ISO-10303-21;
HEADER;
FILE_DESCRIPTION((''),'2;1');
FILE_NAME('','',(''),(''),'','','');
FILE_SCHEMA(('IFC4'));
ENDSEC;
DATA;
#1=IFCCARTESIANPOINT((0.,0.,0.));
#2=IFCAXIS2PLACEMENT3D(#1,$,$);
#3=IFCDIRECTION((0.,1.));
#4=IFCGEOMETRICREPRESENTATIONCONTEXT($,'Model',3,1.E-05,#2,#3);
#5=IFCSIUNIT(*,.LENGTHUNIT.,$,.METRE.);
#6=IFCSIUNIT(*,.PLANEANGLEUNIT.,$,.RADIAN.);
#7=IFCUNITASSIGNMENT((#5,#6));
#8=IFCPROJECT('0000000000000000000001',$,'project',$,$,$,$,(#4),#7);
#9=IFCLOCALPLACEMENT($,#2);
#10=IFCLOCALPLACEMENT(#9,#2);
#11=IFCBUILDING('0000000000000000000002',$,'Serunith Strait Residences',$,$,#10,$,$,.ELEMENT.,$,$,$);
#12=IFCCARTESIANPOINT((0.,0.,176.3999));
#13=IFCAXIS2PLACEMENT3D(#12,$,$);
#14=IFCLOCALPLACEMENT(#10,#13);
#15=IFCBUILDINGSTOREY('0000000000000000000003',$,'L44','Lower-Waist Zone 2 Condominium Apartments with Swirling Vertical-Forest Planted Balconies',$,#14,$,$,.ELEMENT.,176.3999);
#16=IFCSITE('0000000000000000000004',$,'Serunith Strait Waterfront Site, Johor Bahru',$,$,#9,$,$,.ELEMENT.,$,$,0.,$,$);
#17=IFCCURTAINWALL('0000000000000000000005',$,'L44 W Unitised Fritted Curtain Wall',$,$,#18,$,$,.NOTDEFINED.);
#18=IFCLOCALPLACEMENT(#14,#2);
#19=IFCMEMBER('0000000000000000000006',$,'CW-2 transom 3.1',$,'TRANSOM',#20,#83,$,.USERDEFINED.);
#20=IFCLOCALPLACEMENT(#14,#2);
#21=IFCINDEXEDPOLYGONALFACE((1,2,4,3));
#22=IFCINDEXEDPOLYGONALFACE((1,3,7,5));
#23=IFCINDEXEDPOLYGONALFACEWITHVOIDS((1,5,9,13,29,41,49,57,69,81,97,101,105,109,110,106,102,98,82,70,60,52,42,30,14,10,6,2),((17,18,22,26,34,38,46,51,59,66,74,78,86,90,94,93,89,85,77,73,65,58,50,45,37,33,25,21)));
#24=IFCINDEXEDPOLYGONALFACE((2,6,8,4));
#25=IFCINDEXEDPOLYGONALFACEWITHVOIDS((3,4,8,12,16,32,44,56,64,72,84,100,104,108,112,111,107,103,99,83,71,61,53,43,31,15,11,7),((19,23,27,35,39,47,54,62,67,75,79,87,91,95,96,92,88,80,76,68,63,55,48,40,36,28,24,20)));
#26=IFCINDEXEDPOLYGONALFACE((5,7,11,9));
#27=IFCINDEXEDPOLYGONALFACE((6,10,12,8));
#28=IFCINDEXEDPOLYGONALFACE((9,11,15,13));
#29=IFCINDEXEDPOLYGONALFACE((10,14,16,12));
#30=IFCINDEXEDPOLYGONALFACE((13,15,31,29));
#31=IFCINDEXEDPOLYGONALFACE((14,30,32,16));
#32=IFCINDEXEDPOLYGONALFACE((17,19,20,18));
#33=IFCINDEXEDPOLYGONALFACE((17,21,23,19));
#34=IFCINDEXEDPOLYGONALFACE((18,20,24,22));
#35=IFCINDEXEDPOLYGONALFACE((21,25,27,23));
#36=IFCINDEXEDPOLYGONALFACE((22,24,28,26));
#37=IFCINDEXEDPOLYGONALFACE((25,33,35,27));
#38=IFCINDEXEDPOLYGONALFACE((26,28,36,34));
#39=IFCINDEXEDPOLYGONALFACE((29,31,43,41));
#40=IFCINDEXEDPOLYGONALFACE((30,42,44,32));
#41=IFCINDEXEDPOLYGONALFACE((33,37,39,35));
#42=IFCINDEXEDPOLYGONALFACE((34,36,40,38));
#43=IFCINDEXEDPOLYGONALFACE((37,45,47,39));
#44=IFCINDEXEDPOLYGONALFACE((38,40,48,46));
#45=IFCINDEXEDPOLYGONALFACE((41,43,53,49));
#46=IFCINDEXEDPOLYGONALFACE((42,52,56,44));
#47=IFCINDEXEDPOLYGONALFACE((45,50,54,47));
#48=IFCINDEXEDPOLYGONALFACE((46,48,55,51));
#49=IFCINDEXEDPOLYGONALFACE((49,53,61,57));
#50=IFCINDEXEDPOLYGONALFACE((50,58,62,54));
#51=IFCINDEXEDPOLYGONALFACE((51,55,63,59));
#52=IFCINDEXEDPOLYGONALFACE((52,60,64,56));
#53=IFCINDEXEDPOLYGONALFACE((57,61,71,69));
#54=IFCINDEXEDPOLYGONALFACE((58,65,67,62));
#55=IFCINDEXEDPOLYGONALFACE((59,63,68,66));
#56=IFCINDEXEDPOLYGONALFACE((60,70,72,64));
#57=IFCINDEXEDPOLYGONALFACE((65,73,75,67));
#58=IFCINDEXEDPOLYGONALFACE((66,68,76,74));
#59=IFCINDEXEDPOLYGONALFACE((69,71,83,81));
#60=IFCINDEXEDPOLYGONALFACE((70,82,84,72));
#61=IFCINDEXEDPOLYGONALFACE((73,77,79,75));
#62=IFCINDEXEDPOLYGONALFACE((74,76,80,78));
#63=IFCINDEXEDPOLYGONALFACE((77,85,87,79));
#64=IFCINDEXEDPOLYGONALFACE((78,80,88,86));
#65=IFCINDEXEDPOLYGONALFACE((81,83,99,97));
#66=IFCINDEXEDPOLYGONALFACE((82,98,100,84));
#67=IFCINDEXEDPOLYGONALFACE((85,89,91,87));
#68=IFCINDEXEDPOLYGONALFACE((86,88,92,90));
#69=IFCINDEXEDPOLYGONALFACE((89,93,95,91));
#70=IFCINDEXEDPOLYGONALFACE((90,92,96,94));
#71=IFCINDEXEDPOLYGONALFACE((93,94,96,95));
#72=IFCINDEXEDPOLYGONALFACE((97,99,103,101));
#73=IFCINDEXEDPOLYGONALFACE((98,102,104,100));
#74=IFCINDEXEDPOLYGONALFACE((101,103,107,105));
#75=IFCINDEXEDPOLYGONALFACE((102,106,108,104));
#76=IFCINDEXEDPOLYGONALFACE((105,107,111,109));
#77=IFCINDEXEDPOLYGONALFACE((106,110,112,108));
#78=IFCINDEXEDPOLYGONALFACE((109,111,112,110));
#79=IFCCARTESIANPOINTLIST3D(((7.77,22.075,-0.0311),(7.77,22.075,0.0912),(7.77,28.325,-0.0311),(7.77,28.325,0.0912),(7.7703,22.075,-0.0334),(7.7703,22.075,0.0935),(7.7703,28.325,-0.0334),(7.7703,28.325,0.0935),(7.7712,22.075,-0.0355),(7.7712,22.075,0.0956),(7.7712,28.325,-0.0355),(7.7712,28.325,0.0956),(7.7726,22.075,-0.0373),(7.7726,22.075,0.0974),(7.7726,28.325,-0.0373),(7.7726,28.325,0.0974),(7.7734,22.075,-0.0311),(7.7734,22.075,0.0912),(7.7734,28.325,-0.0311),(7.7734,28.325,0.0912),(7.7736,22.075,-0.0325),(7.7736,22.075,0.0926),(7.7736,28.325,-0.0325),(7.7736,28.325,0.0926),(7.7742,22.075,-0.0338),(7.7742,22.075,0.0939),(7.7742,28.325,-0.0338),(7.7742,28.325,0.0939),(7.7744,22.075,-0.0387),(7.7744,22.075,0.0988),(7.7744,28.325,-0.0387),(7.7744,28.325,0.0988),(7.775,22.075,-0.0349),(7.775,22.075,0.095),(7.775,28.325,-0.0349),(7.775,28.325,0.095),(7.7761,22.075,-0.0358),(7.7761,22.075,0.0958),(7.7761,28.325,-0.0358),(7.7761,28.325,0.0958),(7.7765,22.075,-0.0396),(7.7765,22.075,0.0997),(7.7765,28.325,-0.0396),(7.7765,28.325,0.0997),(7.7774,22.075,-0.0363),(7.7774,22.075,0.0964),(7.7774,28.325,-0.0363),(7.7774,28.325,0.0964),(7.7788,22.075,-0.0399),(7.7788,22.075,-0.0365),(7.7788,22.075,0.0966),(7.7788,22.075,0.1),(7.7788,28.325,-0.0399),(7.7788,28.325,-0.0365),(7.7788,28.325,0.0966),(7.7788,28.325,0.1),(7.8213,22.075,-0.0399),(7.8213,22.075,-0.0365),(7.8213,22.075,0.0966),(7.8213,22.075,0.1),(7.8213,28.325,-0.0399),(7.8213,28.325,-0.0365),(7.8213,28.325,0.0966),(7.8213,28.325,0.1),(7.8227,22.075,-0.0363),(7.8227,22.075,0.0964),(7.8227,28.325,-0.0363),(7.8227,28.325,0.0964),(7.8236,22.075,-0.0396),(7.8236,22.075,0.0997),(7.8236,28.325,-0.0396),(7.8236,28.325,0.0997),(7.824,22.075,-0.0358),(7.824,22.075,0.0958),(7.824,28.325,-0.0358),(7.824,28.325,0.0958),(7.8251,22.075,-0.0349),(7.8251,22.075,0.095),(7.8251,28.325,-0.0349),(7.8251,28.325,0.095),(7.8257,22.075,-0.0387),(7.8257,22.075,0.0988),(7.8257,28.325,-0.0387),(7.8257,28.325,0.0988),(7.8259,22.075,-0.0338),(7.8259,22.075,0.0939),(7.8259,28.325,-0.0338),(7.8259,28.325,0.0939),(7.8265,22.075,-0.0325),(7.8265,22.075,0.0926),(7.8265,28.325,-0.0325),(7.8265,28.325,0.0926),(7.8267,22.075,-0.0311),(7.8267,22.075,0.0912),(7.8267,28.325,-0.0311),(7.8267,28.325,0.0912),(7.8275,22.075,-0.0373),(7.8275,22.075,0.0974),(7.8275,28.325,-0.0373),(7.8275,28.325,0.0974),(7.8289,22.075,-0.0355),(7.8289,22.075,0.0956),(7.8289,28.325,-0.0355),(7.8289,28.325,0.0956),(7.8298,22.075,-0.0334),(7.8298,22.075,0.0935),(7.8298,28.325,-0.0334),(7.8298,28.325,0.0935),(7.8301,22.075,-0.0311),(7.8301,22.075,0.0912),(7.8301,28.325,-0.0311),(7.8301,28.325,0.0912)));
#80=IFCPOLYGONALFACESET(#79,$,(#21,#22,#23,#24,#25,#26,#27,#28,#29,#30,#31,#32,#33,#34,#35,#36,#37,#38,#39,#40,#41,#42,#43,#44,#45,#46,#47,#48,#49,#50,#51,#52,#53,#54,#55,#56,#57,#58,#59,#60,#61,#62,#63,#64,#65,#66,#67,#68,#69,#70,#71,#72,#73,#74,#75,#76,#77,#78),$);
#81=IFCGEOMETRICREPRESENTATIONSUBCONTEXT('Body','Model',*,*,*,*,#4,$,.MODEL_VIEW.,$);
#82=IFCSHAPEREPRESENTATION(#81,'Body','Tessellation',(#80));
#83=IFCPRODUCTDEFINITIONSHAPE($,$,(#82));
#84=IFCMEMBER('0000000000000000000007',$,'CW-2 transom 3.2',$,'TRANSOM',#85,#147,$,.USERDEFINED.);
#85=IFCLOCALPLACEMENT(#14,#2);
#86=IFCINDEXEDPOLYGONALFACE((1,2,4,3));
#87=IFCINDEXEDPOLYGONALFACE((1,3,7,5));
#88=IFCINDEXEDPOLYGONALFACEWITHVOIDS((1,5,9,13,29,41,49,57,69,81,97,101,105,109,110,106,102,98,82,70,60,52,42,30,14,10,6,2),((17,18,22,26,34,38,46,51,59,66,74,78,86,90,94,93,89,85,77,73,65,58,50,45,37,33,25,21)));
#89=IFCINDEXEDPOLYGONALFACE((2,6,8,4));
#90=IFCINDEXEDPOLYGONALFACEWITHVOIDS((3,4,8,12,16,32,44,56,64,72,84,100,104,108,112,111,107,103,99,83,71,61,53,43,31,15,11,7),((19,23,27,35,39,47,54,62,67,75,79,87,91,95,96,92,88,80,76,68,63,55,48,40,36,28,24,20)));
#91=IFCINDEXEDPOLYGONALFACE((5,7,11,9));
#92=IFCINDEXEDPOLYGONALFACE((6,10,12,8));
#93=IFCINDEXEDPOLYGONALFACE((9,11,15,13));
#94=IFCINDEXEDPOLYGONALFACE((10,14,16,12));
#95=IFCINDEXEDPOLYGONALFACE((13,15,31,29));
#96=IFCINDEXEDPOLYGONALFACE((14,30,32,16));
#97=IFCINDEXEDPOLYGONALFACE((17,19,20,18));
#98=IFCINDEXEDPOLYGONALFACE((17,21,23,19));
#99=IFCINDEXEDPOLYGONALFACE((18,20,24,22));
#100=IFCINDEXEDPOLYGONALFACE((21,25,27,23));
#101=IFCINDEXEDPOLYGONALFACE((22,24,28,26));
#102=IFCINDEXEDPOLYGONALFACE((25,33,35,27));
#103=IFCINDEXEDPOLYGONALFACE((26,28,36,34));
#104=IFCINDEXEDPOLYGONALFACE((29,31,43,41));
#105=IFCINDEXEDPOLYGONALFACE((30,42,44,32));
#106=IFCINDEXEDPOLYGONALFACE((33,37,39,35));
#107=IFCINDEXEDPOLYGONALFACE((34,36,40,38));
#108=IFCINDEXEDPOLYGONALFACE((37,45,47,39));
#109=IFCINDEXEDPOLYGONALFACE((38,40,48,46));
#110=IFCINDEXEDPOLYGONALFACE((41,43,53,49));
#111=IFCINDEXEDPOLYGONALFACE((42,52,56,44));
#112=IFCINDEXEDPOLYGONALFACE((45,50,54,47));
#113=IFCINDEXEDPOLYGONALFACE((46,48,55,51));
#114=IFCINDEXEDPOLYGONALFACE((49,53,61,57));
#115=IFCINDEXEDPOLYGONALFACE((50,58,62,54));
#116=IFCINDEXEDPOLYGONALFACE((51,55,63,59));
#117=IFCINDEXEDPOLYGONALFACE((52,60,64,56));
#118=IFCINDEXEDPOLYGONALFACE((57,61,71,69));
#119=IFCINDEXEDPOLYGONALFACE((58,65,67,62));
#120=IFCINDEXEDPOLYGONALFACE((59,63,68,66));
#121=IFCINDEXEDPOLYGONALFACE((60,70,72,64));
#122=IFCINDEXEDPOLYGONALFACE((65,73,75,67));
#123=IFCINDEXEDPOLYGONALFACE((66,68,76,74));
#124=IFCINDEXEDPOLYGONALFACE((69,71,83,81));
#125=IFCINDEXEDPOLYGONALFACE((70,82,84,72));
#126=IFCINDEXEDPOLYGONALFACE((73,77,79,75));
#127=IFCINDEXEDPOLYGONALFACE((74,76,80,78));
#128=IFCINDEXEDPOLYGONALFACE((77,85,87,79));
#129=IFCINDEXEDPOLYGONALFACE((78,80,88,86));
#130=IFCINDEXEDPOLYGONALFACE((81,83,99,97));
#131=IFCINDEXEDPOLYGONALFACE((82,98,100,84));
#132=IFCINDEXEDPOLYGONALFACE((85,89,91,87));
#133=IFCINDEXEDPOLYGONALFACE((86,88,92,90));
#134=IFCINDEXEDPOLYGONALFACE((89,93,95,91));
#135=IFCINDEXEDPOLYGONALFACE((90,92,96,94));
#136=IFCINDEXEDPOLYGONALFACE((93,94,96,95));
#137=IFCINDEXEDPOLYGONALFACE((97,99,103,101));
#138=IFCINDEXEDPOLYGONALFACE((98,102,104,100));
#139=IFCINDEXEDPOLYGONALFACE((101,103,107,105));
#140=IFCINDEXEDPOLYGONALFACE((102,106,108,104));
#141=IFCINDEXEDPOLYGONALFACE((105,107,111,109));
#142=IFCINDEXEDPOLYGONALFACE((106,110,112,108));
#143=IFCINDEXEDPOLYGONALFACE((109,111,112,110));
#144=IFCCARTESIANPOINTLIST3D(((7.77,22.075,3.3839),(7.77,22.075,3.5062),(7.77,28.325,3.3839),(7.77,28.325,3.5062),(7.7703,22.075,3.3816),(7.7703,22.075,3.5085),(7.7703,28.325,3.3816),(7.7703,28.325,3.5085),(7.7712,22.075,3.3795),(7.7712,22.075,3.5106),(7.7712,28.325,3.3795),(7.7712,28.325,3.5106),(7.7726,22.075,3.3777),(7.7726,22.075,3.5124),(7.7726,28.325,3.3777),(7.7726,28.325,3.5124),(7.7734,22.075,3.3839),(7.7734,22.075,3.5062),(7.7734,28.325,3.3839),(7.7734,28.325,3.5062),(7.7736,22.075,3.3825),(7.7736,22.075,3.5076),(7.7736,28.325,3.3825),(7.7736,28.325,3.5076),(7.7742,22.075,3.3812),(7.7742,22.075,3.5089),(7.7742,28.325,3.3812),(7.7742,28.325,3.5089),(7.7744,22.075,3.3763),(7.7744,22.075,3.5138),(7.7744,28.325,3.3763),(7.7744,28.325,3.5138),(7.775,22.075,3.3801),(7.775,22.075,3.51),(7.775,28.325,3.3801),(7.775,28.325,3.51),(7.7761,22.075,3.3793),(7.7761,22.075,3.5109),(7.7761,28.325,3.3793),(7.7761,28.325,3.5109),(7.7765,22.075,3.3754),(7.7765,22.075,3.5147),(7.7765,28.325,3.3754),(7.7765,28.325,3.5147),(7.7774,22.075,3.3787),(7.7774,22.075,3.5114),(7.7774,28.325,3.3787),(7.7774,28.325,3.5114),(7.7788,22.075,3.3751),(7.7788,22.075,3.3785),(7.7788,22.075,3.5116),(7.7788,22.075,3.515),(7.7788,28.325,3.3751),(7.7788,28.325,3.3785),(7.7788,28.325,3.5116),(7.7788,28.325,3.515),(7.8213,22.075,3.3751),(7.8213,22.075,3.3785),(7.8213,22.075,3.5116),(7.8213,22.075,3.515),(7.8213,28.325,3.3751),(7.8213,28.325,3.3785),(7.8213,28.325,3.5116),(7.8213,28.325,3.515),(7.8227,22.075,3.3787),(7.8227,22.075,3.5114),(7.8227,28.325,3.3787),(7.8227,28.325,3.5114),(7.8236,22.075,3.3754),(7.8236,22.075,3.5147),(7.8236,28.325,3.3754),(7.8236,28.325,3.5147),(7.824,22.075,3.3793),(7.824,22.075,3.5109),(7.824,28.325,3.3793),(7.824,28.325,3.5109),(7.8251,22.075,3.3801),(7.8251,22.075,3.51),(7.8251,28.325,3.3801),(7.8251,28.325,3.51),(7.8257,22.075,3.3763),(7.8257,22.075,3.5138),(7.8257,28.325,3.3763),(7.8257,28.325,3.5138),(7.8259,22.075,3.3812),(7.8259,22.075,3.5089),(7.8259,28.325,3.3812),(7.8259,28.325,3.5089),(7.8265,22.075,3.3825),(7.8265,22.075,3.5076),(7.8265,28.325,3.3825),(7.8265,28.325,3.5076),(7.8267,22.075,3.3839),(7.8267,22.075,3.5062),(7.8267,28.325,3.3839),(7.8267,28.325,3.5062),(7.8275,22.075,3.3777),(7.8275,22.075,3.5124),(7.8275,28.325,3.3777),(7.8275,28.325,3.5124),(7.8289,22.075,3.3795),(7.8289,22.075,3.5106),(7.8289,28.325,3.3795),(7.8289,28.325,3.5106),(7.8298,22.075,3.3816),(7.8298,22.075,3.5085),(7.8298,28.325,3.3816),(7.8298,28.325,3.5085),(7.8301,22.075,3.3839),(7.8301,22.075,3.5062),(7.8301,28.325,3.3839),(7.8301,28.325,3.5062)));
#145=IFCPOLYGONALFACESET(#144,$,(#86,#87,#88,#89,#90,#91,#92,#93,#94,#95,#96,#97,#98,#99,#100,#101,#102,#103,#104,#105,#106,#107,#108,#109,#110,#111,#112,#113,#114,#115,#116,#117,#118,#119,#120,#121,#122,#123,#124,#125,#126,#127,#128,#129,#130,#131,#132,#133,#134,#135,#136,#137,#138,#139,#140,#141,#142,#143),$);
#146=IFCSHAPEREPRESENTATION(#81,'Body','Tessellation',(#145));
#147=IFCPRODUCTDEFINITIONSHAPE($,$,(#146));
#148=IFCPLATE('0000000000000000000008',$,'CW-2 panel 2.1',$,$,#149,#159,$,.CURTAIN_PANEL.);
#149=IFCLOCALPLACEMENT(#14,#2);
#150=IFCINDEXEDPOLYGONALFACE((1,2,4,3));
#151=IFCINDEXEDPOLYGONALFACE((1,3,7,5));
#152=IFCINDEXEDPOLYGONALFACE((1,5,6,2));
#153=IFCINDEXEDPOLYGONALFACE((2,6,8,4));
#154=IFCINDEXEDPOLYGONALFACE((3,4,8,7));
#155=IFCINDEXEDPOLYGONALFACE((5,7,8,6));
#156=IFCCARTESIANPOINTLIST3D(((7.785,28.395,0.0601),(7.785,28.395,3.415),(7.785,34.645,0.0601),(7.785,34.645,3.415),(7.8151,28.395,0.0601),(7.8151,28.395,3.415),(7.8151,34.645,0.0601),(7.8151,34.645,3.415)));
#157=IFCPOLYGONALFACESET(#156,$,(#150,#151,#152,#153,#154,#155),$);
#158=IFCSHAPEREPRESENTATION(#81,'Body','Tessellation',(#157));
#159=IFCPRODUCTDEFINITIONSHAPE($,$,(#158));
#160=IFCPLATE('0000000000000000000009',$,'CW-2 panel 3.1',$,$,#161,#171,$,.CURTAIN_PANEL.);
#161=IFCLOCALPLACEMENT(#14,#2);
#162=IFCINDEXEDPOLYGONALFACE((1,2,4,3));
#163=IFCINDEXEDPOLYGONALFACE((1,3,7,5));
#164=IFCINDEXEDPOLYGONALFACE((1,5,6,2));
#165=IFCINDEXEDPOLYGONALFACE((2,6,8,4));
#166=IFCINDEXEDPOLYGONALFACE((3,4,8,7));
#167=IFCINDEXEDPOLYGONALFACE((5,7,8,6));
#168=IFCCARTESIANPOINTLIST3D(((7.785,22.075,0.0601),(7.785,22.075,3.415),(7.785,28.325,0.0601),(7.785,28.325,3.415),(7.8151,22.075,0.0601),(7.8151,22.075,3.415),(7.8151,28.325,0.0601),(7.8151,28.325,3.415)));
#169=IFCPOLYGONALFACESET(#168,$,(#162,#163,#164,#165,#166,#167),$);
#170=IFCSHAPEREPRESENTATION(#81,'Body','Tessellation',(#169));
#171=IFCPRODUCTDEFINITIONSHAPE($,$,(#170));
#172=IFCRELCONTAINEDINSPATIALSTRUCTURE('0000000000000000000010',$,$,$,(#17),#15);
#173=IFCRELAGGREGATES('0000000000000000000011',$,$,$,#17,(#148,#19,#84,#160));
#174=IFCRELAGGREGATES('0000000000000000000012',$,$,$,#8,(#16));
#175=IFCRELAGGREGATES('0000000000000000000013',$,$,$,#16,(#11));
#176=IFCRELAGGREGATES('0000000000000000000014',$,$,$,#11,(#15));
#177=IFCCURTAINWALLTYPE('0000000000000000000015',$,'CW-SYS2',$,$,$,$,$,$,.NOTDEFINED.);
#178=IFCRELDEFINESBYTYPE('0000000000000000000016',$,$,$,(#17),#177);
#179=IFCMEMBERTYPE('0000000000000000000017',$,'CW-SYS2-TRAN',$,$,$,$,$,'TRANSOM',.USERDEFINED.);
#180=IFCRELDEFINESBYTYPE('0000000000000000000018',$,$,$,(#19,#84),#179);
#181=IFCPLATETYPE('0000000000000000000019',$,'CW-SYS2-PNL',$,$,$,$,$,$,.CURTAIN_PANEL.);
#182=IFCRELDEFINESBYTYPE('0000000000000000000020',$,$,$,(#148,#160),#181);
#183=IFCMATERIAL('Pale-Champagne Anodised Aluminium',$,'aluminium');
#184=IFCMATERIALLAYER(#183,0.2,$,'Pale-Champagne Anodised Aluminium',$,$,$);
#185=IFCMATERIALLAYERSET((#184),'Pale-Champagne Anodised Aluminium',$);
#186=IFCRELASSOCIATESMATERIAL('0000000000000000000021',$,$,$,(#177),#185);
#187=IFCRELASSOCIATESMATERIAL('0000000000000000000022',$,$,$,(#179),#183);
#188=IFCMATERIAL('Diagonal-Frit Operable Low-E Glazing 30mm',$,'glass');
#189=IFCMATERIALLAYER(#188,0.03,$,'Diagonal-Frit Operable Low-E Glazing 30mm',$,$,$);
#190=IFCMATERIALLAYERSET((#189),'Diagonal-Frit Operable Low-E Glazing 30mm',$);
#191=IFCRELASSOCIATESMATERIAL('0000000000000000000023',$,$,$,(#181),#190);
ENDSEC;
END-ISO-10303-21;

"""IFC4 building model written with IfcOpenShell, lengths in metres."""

from ifc_helpers import new_model, si_unit, direction, frame, origin, origin_2d, place, context, subcontext, project, spatial, rectangle, hollow_rectangle, extrude, source, transform, mapped, material, layer, layer_set, material_profile, profile_set, type_object, element, aggregate, save


model = new_model("IFC4")

# Units and contexts
model_context = context("Model", 3, precision=1e-05, world=origin(), true_north=direction((0.0, 1.0)))
body_context = subcontext(model_context, "Body", "Model", "MODEL_VIEW")
ifc_project = project(units=[si_unit("LENGTHUNIT", "METRE"), si_unit("PLANEANGLEUNIT", "RADIAN")], contexts=[model_context])

# Site, building, storey
site_placement = place(None, origin())
site = spatial("IfcSite", under=ifc_project, at=site_placement, Name="Serunith Strait Waterfront Site, Johor Bahru", CompositionType="ELEMENT", RefElevation=0.0)
building_placement = place(site_placement, origin())
building = spatial("IfcBuilding", under=site, at=building_placement, Name="Serunith Strait Residences", CompositionType="ELEMENT")
storey_placement = place(building_placement, frame((0.0, 0.0, 176.3999)))
storey = spatial("IfcBuildingStorey", under=building, at=storey_placement, Name="L44", Description="Lower-Waist Zone 2 Condominium Apartments with Swirling Vertical-Forest Planted Balconies", CompositionType="ELEMENT", Elevation=176.3999)

# Curtain wall, members, plates
ifc_material_1 = material(Name="Pale-Champagne Anodised Aluminium", Category="aluminium")
ifc_layer_1 = layer(ifc_material_1, 0.2, Name="Pale-Champagne Anodised Aluminium")
ifc_layer_set_1 = layer_set([ifc_layer_1], Name="Pale-Champagne Anodised Aluminium")
curtain_wall_type = type_object("IfcCurtainWallType", Name="CW-SYS2", PredefinedType="NOTDEFINED", material=ifc_layer_set_1)
curtain_wall_placement = place(storey_placement, origin())
curtain_wall = element("IfcCurtainWall", 1, at=curtain_wall_placement, inside=storey, type_object=curtain_wall_type, Name="L44 W Unitised Fritted Curtain Wall", PredefinedType="NOTDEFINED")
ifc_material_profile_1 = material_profile(ifc_material_1, hollow_rectangle(XDim=0.0601, YDim=0.1399, WallThickness=0.0034, InnerFilletRadius=0.0054, OuterFilletRadius=0.0088, at=origin_2d()), Name="ALU 140x60x3.5")
ifc_profile_set_1 = profile_set([ifc_material_profile_1], Name="Pale-Champagne Anodised Aluminium")
member_type_1 = type_object("IfcMemberType", Name="CW-SYS2-TRAN", ElementType="TRANSOM", PredefinedType="USERDEFINED", material=ifc_profile_set_1)
shared_shape_1 = source(origin(), body_context, "Body", "SweptSolid", [
    extrude(hollow_rectangle(XDim=0.0601, YDim=0.1399, WallThickness=0.0034, InnerFilletRadius=0.0054, OuterFilletRadius=0.0088, at=origin_2d()), origin(), (0.0, 0.0, 1.0), 6.25),
])
member_1_placement = place(storey_placement, frame((7.8, 28.325, 0.03), z_axis=(0.0, -1.0, 0.0), x_axis=(1.0, 0.0, 0.0)))
member_1 = element("IfcMember", 2, at=member_1_placement, type_object=member_type_1, Name="CW-2 transom 3.1", ObjectType="TRANSOM", PredefinedType="USERDEFINED", context=body_context, shape_type="MappedRepresentation", body=[
    mapped(shared_shape_1, transform((0.0, 0.0, 0.0), scale=1.0)),
])
member_2_placement = place(storey_placement, frame((7.8, 28.325, 3.4451), z_axis=(0.0, -1.0, 0.0), x_axis=(1.0, 0.0, 0.0)))
member_2 = element("IfcMember", 3, at=member_2_placement, type_object=member_type_1, Name="CW-2 transom 3.2", ObjectType="TRANSOM", PredefinedType="USERDEFINED", context=body_context, shape_type="MappedRepresentation", body=[
    mapped(shared_shape_1, transform((0.0, 0.0, 0.0), scale=1.0)),
])
ifc_material_2 = material(Name="Diagonal-Frit Operable Low-E Glazing 30mm", Category="glass")
ifc_layer_2 = layer(ifc_material_2, 0.03, Name="Diagonal-Frit Operable Low-E Glazing 30mm")
ifc_layer_set_2 = layer_set([ifc_layer_2], Name="Diagonal-Frit Operable Low-E Glazing 30mm")
plate_type = type_object("IfcPlateType", Name="CW-SYS2-PNL", PredefinedType="CURTAIN_PANEL", material=ifc_layer_set_2)
shared_shape_2 = source(origin(), body_context, "Body", "SweptSolid", [
    extrude(rectangle(XDim=6.25, YDim=0.03, at=origin_2d()), origin(), (0.0, 0.0, 1.0), 3.355),
])
plate_1_placement = place(storey_placement, frame((7.8, 31.52, 0.0601), z_axis=(0.0, 0.0, 1.0), x_axis=(0.0, -1.0, 0.0)))
plate_1 = element("IfcPlate", 4, at=plate_1_placement, type_object=plate_type, Name="CW-2 panel 2.1", PredefinedType="CURTAIN_PANEL", context=body_context, shape_type="MappedRepresentation", body=[
    mapped(shared_shape_2, transform((0.0, 0.0, 0.0), scale=1.0)),
])
plate_2_placement = place(storey_placement, frame((7.8, 25.2, 0.0601), z_axis=(0.0, 0.0, 1.0), x_axis=(0.0, -1.0, 0.0)))
plate_2 = element("IfcPlate", 5, at=plate_2_placement, type_object=plate_type, Name="CW-2 panel 3.1", PredefinedType="CURTAIN_PANEL", context=body_context, shape_type="MappedRepresentation", body=[
    mapped(shared_shape_2, transform((0.0, 0.0, 0.0), scale=1.0)),
])
aggregate(curtain_wall, [plate_1, member_1, member_2, plate_2])

save(model, "model.ifc")
